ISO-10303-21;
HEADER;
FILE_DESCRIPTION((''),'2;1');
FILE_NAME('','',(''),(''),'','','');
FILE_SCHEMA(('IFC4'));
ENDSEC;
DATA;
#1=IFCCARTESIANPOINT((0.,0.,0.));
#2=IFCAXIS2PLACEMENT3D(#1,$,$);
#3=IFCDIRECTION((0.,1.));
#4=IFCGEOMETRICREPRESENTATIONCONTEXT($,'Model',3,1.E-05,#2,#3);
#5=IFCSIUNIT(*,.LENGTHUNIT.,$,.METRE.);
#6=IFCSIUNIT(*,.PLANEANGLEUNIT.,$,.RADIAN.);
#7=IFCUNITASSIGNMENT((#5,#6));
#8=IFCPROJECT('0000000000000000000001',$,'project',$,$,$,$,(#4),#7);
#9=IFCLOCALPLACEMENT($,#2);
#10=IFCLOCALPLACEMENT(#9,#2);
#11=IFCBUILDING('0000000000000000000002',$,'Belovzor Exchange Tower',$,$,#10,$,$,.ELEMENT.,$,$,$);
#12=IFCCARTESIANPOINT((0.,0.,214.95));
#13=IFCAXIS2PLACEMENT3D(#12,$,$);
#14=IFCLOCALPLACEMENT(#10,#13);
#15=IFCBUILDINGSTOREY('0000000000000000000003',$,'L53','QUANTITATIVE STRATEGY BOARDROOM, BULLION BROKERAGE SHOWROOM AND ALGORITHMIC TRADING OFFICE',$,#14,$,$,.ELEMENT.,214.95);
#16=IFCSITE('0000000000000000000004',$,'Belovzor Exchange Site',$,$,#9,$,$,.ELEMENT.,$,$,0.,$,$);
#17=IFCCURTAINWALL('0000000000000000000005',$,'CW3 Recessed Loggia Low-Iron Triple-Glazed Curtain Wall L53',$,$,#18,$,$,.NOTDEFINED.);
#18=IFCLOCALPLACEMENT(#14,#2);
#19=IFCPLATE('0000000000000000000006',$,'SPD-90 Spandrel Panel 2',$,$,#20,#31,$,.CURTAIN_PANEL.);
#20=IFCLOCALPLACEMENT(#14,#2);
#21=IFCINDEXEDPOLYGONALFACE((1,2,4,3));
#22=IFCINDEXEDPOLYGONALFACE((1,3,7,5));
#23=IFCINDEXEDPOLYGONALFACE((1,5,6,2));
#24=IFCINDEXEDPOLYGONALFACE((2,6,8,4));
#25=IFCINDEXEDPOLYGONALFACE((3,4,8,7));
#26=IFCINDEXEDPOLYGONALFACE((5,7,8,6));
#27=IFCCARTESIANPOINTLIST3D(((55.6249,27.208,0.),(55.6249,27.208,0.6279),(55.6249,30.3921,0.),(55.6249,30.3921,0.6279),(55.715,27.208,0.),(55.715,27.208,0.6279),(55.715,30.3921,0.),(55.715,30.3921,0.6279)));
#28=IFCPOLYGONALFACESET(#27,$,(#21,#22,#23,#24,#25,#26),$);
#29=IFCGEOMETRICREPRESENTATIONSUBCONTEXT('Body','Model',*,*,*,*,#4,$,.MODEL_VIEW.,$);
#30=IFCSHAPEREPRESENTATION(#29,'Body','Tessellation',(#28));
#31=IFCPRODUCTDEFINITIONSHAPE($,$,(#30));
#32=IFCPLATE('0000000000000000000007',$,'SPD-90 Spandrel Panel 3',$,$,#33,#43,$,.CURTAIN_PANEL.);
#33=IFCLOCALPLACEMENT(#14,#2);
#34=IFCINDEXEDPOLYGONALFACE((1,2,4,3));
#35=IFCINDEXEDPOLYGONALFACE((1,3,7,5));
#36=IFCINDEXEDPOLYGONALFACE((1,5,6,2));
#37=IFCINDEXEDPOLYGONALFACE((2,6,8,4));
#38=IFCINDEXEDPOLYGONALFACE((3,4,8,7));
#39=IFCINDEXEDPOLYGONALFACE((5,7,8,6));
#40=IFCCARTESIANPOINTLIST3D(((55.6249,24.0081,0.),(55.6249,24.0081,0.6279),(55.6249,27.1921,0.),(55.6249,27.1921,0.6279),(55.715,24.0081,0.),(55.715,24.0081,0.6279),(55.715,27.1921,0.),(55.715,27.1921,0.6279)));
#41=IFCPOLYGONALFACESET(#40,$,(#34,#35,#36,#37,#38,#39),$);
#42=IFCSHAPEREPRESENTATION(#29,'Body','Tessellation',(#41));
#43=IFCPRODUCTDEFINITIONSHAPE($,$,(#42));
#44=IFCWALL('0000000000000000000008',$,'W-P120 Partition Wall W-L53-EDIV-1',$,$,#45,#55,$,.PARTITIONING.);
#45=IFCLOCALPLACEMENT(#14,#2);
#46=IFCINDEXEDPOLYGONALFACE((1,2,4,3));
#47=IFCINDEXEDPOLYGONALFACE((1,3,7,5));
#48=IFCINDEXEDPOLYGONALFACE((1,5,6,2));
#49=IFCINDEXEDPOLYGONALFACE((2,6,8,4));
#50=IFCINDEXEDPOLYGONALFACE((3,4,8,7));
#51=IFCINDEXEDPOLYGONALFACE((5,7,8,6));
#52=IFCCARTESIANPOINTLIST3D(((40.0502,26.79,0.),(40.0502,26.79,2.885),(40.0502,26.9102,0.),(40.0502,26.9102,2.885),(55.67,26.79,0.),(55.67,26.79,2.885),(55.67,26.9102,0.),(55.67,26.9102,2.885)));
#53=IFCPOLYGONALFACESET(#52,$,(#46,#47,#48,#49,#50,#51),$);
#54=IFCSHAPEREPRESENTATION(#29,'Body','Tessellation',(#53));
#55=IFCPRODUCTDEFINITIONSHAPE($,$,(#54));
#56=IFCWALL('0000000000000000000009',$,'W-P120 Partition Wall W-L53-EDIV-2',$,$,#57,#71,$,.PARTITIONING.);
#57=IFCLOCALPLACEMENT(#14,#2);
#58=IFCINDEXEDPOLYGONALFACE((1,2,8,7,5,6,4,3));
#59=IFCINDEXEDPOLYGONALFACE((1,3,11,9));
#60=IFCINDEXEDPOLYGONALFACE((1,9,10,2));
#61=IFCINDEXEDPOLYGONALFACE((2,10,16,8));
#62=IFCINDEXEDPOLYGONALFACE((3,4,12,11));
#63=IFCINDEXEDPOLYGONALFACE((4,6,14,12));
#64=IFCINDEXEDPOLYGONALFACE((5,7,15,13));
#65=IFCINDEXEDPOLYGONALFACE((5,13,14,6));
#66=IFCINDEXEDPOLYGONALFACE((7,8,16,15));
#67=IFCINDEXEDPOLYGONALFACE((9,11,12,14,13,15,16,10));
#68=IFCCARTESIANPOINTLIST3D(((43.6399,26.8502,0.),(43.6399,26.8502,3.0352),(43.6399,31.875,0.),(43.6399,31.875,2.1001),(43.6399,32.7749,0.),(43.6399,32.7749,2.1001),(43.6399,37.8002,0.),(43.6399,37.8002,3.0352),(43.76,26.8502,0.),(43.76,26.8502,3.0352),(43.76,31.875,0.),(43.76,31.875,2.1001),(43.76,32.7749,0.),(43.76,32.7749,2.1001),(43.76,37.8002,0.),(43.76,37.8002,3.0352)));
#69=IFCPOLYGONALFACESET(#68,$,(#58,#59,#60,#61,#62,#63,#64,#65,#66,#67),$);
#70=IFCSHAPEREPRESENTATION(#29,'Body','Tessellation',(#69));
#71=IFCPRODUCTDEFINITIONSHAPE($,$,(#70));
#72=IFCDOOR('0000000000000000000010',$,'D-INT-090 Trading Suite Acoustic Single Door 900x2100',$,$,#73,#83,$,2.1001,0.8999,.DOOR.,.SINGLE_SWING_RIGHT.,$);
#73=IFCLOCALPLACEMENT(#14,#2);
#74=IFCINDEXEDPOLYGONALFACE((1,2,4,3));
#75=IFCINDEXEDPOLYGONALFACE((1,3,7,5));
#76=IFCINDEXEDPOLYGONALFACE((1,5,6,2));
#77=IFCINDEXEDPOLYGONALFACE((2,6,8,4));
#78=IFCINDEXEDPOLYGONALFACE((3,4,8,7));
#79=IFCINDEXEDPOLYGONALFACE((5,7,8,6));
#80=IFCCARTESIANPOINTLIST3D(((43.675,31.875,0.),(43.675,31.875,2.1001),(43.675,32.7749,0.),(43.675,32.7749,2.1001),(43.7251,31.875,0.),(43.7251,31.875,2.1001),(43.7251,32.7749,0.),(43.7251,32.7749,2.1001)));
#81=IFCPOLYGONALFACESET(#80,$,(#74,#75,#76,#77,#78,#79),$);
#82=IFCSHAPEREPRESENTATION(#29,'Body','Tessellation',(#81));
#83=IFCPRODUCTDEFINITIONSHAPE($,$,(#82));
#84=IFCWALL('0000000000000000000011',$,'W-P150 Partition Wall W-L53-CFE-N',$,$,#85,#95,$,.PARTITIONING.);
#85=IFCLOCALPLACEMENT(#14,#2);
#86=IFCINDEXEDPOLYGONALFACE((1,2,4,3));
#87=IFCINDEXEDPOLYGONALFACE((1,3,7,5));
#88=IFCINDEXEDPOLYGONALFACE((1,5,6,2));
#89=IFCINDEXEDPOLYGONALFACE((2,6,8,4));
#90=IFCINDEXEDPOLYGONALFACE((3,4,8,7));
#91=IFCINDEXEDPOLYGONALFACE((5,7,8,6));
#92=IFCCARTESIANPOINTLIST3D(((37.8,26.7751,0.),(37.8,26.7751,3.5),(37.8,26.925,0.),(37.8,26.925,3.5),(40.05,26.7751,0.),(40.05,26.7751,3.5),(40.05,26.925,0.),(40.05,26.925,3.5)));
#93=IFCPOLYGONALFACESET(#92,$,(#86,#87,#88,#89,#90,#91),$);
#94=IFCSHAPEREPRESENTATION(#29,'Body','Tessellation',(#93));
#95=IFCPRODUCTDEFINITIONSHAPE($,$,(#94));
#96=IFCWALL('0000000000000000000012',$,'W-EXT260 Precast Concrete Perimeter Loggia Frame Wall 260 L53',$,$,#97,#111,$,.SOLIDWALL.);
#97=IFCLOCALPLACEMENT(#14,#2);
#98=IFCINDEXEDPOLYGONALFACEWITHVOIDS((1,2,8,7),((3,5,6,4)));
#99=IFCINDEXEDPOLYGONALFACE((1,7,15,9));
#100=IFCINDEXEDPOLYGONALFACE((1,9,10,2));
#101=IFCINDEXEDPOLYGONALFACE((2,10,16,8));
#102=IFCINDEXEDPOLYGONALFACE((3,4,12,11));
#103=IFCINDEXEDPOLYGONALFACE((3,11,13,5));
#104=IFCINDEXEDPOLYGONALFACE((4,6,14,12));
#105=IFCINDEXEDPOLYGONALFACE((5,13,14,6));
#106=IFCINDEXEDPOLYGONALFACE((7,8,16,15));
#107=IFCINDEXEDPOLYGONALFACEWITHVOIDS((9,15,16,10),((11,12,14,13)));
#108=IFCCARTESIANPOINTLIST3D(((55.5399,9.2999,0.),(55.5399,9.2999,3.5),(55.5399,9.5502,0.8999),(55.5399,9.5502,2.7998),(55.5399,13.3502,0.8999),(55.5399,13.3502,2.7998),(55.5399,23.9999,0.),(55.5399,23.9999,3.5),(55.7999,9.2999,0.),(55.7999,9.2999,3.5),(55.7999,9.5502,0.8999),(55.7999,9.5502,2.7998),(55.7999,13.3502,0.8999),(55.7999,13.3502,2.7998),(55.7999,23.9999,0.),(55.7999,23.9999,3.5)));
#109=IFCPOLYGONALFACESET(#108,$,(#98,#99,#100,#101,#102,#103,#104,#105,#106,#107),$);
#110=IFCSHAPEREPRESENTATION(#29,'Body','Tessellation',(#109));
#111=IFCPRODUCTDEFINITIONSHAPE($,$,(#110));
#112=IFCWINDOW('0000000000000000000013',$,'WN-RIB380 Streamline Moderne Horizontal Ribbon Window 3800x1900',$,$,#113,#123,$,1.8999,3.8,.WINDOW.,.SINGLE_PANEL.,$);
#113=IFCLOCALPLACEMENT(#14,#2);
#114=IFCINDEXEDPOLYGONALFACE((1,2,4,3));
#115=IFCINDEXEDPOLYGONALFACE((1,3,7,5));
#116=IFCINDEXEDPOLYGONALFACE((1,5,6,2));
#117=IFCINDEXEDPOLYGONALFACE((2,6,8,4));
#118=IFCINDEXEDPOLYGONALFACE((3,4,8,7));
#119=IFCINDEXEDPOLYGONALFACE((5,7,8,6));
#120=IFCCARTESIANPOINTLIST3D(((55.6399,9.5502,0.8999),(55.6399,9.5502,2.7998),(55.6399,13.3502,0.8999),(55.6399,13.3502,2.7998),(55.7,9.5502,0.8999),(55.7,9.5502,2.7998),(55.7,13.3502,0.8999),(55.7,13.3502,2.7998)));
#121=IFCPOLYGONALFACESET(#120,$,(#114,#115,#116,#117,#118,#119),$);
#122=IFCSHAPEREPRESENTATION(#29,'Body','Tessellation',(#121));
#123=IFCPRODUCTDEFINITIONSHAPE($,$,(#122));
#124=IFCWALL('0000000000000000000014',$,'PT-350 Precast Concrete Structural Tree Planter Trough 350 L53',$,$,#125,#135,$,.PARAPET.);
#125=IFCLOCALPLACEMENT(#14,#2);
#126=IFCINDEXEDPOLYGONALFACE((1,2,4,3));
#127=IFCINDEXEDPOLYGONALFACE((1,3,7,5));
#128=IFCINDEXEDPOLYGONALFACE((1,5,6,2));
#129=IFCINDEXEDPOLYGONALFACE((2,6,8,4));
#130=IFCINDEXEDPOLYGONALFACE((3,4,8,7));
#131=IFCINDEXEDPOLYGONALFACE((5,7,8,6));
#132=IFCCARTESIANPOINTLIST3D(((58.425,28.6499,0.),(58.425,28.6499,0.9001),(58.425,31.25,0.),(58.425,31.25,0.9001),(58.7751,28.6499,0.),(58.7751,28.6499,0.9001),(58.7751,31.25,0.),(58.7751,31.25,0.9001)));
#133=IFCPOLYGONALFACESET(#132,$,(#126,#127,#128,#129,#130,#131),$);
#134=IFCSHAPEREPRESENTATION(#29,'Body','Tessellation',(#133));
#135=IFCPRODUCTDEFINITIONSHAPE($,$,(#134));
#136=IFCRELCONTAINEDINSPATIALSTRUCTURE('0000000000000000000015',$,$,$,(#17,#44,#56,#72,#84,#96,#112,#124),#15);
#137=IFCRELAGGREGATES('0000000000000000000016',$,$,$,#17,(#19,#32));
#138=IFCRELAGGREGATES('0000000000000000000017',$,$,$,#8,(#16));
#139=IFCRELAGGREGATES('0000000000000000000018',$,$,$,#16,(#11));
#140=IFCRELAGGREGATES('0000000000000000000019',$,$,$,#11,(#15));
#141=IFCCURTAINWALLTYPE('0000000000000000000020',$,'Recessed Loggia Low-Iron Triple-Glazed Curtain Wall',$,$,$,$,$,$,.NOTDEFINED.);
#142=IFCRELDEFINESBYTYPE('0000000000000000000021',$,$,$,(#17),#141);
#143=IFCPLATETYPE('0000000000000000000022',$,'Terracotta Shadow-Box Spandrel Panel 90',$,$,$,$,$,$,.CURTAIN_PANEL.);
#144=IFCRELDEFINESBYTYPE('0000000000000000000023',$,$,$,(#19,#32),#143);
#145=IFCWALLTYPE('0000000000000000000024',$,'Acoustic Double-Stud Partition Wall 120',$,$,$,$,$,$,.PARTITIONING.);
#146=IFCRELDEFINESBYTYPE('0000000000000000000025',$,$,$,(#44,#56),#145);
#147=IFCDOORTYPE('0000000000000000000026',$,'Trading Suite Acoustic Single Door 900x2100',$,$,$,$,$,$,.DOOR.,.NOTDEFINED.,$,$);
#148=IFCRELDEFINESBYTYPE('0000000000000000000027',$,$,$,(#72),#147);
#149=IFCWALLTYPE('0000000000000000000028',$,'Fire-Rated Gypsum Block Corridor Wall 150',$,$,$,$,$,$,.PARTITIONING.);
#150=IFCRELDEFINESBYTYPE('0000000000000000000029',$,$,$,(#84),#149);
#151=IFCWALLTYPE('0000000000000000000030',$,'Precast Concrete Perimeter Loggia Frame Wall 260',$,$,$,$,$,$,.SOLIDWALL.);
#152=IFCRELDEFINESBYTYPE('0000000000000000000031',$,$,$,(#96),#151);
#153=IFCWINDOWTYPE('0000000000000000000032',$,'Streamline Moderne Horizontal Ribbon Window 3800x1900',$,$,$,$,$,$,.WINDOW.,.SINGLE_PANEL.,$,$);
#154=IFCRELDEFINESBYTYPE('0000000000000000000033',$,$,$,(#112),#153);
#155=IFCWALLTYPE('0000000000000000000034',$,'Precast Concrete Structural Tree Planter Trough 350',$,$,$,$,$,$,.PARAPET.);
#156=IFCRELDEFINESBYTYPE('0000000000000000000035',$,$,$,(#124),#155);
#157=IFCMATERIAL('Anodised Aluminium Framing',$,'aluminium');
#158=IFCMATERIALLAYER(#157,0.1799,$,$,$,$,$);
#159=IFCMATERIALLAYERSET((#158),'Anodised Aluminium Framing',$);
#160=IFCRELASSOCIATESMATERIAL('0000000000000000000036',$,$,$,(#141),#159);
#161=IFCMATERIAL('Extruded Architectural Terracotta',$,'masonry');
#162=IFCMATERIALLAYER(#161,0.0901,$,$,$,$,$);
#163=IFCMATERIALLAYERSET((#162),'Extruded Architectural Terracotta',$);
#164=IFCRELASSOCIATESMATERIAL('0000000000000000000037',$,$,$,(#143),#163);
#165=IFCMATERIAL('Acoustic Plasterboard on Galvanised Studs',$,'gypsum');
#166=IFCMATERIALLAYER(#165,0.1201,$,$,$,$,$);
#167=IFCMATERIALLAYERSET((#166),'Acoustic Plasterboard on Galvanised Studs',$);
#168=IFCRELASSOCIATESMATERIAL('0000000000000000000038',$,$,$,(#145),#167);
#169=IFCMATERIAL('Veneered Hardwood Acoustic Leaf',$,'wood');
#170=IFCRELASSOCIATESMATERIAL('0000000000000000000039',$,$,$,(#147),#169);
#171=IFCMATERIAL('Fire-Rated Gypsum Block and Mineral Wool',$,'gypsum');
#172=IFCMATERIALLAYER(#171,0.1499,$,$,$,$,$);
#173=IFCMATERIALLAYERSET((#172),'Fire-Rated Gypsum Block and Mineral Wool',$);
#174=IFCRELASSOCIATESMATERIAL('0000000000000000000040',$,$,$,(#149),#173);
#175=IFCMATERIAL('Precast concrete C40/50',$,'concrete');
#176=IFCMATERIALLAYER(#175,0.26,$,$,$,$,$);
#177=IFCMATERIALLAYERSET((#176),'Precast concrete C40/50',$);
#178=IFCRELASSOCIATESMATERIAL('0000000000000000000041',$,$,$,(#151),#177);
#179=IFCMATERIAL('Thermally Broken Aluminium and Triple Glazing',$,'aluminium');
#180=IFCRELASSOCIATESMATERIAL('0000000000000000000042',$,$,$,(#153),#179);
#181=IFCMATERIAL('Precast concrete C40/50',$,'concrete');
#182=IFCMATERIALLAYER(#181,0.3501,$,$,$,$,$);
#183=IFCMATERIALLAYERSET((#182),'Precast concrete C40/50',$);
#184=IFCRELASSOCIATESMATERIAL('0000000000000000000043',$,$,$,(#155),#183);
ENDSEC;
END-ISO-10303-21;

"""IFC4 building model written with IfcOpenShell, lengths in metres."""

from ifc_helpers import new_model, si_unit, direction, frame, frame_2d, origin, origin_2d, place, context, subcontext, project, spatial, rectangle, extrude, material, layer, layer_set, type_object, element, fill, aggregate, save


model = new_model("IFC4")

# Units and contexts
model_context = context("Model", 3, precision=1e-05, world=origin(), true_north=direction((0.0, 1.0)))
body_context = subcontext(model_context, "Body", "Model", "MODEL_VIEW")
ifc_project = project(units=[si_unit("LENGTHUNIT", "METRE"), si_unit("PLANEANGLEUNIT", "RADIAN")], contexts=[model_context])

# Site, building, storey
site_placement = place(None, origin())
site = spatial("IfcSite", under=ifc_project, at=site_placement, Name="Belovzor Exchange Site", CompositionType="ELEMENT", RefElevation=0.0)
building_placement = place(site_placement, origin())
building = spatial("IfcBuilding", under=site, at=building_placement, Name="Belovzor Exchange Tower", CompositionType="ELEMENT")
storey_placement = place(building_placement, frame((0.0, 0.0, 214.95)))
storey = spatial("IfcBuildingStorey", under=building, at=storey_placement, Name="L53", Description="QUANTITATIVE STRATEGY BOARDROOM, BULLION BROKERAGE SHOWROOM AND ALGORITHMIC TRADING OFFICE", CompositionType="ELEMENT", Elevation=214.95)

# Curtain wall
ifc_material_1 = material(Name="Anodised Aluminium Framing", Category="aluminium")
ifc_layer_1 = layer(ifc_material_1, 0.1799)
ifc_layer_set_1 = layer_set([ifc_layer_1], Name="Anodised Aluminium Framing")
curtain_wall_type = type_object("IfcCurtainWallType", Name="Recessed Loggia Low-Iron Triple-Glazed Curtain Wall", PredefinedType="NOTDEFINED", material=ifc_layer_set_1)
curtain_wall_placement = place(storey_placement, origin())
curtain_wall = element("IfcCurtainWall", 1, at=curtain_wall_placement, inside=storey, type_object=curtain_wall_type, Name="CW3 Recessed Loggia Low-Iron Triple-Glazed Curtain Wall L53", PredefinedType="NOTDEFINED")

# Plates
ifc_material_2 = material(Name="Extruded Architectural Terracotta", Category="masonry")
ifc_layer_2 = layer(ifc_material_2, 0.0901)
ifc_layer_set_2 = layer_set([ifc_layer_2], Name="Extruded Architectural Terracotta")
plate_type_1 = type_object("IfcPlateType", Name="Terracotta Shadow-Box Spandrel Panel 90", PredefinedType="CURTAIN_PANEL", material=ifc_layer_set_2)
plate_1_placement = place(storey_placement, frame((55.6699, 28.8, 0.0), z_axis=(0.0, 0.0, 1.0), x_axis=(0.0, -1.0, 0.0)))
plate_1 = element("IfcPlate", 2, at=plate_1_placement, type_object=plate_type_1, Name="SPD-90 Spandrel Panel 2", PredefinedType="CURTAIN_PANEL", context=body_context, shape_type="SweptSolid", body=[
    extrude(rectangle(XDim=3.1841, YDim=0.0901, at=origin_2d()), origin(), (0.0, 0.0, 1.0), 0.6279),
])
plate_2_placement = place(storey_placement, frame((55.6699, 25.6001, 0.0), z_axis=(0.0, 0.0, 1.0), x_axis=(0.0, -1.0, 0.0)))
plate_2 = element("IfcPlate", 3, at=plate_2_placement, type_object=plate_type_1, Name="SPD-90 Spandrel Panel 3", PredefinedType="CURTAIN_PANEL", context=body_context, shape_type="SweptSolid", body=[
    extrude(rectangle(XDim=3.1841, YDim=0.0901, at=origin_2d()), origin(), (0.0, 0.0, 1.0), 0.6279),
])
aggregate(curtain_wall, [plate_1, plate_2])

# Wall
ifc_material_3 = material(Name="Acoustic Plasterboard on Galvanised Studs", Category="gypsum")
ifc_layer_3 = layer(ifc_material_3, 0.1201)
ifc_layer_set_3 = layer_set([ifc_layer_3], Name="Acoustic Plasterboard on Galvanised Studs")
wall_type_1 = type_object("IfcWallType", Name="Acoustic Double-Stud Partition Wall 120", PredefinedType="PARTITIONING", material=ifc_layer_set_3)
wall_1_placement = place(storey_placement, frame((40.05, 26.8501, 0.0), z_axis=(0.0, 0.0, 1.0), x_axis=(1.0, 0.0, 0.0)))
element("IfcWall", 4, at=wall_1_placement, inside=storey, type_object=wall_type_1, Name="W-P120 Partition Wall W-L53-EDIV-1", PredefinedType="PARTITIONING", context=body_context, shape_type="SweptSolid", body=[
    extrude(rectangle(XDim=15.6199, YDim=0.1201, at=frame_2d((7.8101, 0.0))), origin(), (0.0, 0.0, 1.0), 2.885),
])

# Wall, opening, door
wall_2_placement = place(storey_placement, frame((43.7, 26.8501, 0.0), z_axis=(0.0, 0.0, 1.0), x_axis=(0.0, 1.0, 0.0)))
wall_2 = element("IfcWall", 5, at=wall_2_placement, inside=storey, type_object=wall_type_1, Name="W-P120 Partition Wall W-L53-EDIV-2", PredefinedType="PARTITIONING", context=body_context, shape_type="SweptSolid", body=[
    extrude(rectangle(XDim=10.95, YDim=0.1201, at=frame_2d((5.4751, 0.0))), origin(), (0.0, 0.0, 1.0), 3.0352),
])
opening_1_placement = place(wall_2_placement, frame((5.0249, 0.0, 0.0)))
opening_1 = element("IfcOpeningElement", 6, at=opening_1_placement, cuts=wall_2, PredefinedType="OPENING", context=body_context, shape_type="SweptSolid", body=[
    extrude(rectangle(XDim=0.8999, YDim=2.1001, at=frame_2d((0.45, 1.05))), frame((0.0, 0.0701, 0.0), z_axis=(0.0, -1.0, 0.0), x_axis=(1.0, 0.0, 0.0)), (0.0, 0.0, 1.0), 0.1401),
])
ifc_material_4 = material(Name="Veneered Hardwood Acoustic Leaf", Category="wood")
door_type = type_object("IfcDoorType", Name="Trading Suite Acoustic Single Door 900x2100", OperationType="NOTDEFINED", PredefinedType="DOOR", material=ifc_material_4)
door_placement = place(opening_1_placement, origin())
door = element("IfcDoor", 7, at=door_placement, inside=storey, type_object=door_type, Name="D-INT-090 Trading Suite Acoustic Single Door 900x2100", OperationType="SINGLE_SWING_RIGHT", OverallHeight=2.1001, OverallWidth=0.8999, PredefinedType="DOOR", context=body_context, shape_type="SweptSolid", body=[
    extrude(rectangle(XDim=0.8999, YDim=2.1001, at=frame_2d((0.45, 1.05))), frame((0.0, 0.0249, 0.0), z_axis=(0.0, -1.0, 0.0), x_axis=(1.0, 0.0, 0.0)), (0.0, 0.0, 1.0), 0.05),
])
fill(opening_1, door)

# Wall
ifc_material_5 = material(Name="Fire-Rated Gypsum Block and Mineral Wool", Category="gypsum")
ifc_layer_4 = layer(ifc_material_5, 0.1499)
ifc_layer_set_4 = layer_set([ifc_layer_4], Name="Fire-Rated Gypsum Block and Mineral Wool")
wall_type_2 = type_object("IfcWallType", Name="Fire-Rated Gypsum Block Corridor Wall 150", PredefinedType="PARTITIONING", material=ifc_layer_set_4)
wall_3_placement = place(storey_placement, frame((37.8, 26.8501, 0.0), z_axis=(0.0, 0.0, 1.0), x_axis=(1.0, 0.0, 0.0)))
element("IfcWall", 8, at=wall_3_placement, inside=storey, type_object=wall_type_2, Name="W-P150 Partition Wall W-L53-CFE-N", PredefinedType="PARTITIONING", context=body_context, shape_type="SweptSolid", body=[
    extrude(rectangle(XDim=2.25, YDim=0.1499, at=frame_2d((1.125, 0.0))), origin(), (0.0, 0.0, 1.0), 3.5),
])

# Wall, opening, window
ifc_material_6 = material(Name="Precast concrete C40/50", Category="concrete")
ifc_layer_5 = layer(ifc_material_6, 0.26)
ifc_layer_set_5 = layer_set([ifc_layer_5], Name="Precast concrete C40/50")
wall_type_3 = type_object("IfcWallType", Name="Precast Concrete Perimeter Loggia Frame Wall 260", PredefinedType="SOLIDWALL", material=ifc_layer_set_5)
wall_4_placement = place(storey_placement, frame((55.6699, 24.0, 0.0), z_axis=(0.0, 0.0, 1.0), x_axis=(0.0, -1.0, 0.0)))
wall_4 = element("IfcWall", 9, at=wall_4_placement, inside=storey, type_object=wall_type_3, Name="W-EXT260 Precast Concrete Perimeter Loggia Frame Wall 260 L53", PredefinedType="SOLIDWALL", context=body_context, shape_type="SweptSolid", body=[
    extrude(rectangle(XDim=14.7, YDim=0.26, at=frame_2d((7.3501, 0.0))), origin(), (0.0, 0.0, 1.0), 3.5),
])
opening_2_placement = place(wall_4_placement, frame((10.6499, 0.0, 0.8999)))
opening_2 = element("IfcOpeningElement", 10, at=opening_2_placement, cuts=wall_4, PredefinedType="OPENING", context=body_context, shape_type="SweptSolid", body=[
    extrude(rectangle(XDim=3.8, YDim=1.8999, at=frame_2d((1.8999, 0.95))), frame((0.0, 0.1399, 0.0), z_axis=(0.0, -1.0, 0.0), x_axis=(1.0, 0.0, 0.0)), (0.0, 0.0, 1.0), 0.28),
])
ifc_material_7 = material(Name="Thermally Broken Aluminium and Triple Glazing", Category="aluminium")
window_type = type_object("IfcWindowType", Name="Streamline Moderne Horizontal Ribbon Window 3800x1900", PartitioningType="SINGLE_PANEL", PredefinedType="WINDOW", material=ifc_material_7)
window_placement = place(opening_2_placement, origin())
window = element("IfcWindow", 11, at=window_placement, inside=storey, type_object=window_type, Name="WN-RIB380 Streamline Moderne Horizontal Ribbon Window 3800x1900", OverallHeight=1.8999, OverallWidth=3.8, PartitioningType="SINGLE_PANEL", PredefinedType="WINDOW", context=body_context, shape_type="SweptSolid", body=[
    extrude(rectangle(XDim=3.8, YDim=1.8999, at=frame_2d((1.8999, 0.95))), frame((0.0, 0.03, 0.0), z_axis=(0.0, -1.0, 0.0), x_axis=(1.0, 0.0, 0.0)), (0.0, 0.0, 1.0), 0.0601),
])
fill(opening_2, window)

# Wall
ifc_material_8 = material(Name="Precast concrete C40/50", Category="concrete")
ifc_layer_6 = layer(ifc_material_8, 0.3501)
ifc_layer_set_6 = layer_set([ifc_layer_6], Name="Precast concrete C40/50")
wall_type_4 = type_object("IfcWallType", Name="Precast Concrete Structural Tree Planter Trough 350", PredefinedType="PARAPET", material=ifc_layer_set_6)
wall_5_placement = place(storey_placement, frame((58.6001, 28.6499, 0.0), z_axis=(0.0, 0.0, 1.0), x_axis=(0.0, 1.0, 0.0)))
element("IfcWall", 12, at=wall_5_placement, inside=storey, type_object=wall_type_4, Name="PT-350 Precast Concrete Structural Tree Planter Trough 350 L53", PredefinedType="PARAPET", context=body_context, shape_type="SweptSolid", body=[
    extrude(rectangle(XDim=2.6001, YDim=0.3501, at=frame_2d((1.3, 0.0))), origin(), (0.0, 0.0, 1.0), 0.9001),
])

save(model, "model.ifc")
